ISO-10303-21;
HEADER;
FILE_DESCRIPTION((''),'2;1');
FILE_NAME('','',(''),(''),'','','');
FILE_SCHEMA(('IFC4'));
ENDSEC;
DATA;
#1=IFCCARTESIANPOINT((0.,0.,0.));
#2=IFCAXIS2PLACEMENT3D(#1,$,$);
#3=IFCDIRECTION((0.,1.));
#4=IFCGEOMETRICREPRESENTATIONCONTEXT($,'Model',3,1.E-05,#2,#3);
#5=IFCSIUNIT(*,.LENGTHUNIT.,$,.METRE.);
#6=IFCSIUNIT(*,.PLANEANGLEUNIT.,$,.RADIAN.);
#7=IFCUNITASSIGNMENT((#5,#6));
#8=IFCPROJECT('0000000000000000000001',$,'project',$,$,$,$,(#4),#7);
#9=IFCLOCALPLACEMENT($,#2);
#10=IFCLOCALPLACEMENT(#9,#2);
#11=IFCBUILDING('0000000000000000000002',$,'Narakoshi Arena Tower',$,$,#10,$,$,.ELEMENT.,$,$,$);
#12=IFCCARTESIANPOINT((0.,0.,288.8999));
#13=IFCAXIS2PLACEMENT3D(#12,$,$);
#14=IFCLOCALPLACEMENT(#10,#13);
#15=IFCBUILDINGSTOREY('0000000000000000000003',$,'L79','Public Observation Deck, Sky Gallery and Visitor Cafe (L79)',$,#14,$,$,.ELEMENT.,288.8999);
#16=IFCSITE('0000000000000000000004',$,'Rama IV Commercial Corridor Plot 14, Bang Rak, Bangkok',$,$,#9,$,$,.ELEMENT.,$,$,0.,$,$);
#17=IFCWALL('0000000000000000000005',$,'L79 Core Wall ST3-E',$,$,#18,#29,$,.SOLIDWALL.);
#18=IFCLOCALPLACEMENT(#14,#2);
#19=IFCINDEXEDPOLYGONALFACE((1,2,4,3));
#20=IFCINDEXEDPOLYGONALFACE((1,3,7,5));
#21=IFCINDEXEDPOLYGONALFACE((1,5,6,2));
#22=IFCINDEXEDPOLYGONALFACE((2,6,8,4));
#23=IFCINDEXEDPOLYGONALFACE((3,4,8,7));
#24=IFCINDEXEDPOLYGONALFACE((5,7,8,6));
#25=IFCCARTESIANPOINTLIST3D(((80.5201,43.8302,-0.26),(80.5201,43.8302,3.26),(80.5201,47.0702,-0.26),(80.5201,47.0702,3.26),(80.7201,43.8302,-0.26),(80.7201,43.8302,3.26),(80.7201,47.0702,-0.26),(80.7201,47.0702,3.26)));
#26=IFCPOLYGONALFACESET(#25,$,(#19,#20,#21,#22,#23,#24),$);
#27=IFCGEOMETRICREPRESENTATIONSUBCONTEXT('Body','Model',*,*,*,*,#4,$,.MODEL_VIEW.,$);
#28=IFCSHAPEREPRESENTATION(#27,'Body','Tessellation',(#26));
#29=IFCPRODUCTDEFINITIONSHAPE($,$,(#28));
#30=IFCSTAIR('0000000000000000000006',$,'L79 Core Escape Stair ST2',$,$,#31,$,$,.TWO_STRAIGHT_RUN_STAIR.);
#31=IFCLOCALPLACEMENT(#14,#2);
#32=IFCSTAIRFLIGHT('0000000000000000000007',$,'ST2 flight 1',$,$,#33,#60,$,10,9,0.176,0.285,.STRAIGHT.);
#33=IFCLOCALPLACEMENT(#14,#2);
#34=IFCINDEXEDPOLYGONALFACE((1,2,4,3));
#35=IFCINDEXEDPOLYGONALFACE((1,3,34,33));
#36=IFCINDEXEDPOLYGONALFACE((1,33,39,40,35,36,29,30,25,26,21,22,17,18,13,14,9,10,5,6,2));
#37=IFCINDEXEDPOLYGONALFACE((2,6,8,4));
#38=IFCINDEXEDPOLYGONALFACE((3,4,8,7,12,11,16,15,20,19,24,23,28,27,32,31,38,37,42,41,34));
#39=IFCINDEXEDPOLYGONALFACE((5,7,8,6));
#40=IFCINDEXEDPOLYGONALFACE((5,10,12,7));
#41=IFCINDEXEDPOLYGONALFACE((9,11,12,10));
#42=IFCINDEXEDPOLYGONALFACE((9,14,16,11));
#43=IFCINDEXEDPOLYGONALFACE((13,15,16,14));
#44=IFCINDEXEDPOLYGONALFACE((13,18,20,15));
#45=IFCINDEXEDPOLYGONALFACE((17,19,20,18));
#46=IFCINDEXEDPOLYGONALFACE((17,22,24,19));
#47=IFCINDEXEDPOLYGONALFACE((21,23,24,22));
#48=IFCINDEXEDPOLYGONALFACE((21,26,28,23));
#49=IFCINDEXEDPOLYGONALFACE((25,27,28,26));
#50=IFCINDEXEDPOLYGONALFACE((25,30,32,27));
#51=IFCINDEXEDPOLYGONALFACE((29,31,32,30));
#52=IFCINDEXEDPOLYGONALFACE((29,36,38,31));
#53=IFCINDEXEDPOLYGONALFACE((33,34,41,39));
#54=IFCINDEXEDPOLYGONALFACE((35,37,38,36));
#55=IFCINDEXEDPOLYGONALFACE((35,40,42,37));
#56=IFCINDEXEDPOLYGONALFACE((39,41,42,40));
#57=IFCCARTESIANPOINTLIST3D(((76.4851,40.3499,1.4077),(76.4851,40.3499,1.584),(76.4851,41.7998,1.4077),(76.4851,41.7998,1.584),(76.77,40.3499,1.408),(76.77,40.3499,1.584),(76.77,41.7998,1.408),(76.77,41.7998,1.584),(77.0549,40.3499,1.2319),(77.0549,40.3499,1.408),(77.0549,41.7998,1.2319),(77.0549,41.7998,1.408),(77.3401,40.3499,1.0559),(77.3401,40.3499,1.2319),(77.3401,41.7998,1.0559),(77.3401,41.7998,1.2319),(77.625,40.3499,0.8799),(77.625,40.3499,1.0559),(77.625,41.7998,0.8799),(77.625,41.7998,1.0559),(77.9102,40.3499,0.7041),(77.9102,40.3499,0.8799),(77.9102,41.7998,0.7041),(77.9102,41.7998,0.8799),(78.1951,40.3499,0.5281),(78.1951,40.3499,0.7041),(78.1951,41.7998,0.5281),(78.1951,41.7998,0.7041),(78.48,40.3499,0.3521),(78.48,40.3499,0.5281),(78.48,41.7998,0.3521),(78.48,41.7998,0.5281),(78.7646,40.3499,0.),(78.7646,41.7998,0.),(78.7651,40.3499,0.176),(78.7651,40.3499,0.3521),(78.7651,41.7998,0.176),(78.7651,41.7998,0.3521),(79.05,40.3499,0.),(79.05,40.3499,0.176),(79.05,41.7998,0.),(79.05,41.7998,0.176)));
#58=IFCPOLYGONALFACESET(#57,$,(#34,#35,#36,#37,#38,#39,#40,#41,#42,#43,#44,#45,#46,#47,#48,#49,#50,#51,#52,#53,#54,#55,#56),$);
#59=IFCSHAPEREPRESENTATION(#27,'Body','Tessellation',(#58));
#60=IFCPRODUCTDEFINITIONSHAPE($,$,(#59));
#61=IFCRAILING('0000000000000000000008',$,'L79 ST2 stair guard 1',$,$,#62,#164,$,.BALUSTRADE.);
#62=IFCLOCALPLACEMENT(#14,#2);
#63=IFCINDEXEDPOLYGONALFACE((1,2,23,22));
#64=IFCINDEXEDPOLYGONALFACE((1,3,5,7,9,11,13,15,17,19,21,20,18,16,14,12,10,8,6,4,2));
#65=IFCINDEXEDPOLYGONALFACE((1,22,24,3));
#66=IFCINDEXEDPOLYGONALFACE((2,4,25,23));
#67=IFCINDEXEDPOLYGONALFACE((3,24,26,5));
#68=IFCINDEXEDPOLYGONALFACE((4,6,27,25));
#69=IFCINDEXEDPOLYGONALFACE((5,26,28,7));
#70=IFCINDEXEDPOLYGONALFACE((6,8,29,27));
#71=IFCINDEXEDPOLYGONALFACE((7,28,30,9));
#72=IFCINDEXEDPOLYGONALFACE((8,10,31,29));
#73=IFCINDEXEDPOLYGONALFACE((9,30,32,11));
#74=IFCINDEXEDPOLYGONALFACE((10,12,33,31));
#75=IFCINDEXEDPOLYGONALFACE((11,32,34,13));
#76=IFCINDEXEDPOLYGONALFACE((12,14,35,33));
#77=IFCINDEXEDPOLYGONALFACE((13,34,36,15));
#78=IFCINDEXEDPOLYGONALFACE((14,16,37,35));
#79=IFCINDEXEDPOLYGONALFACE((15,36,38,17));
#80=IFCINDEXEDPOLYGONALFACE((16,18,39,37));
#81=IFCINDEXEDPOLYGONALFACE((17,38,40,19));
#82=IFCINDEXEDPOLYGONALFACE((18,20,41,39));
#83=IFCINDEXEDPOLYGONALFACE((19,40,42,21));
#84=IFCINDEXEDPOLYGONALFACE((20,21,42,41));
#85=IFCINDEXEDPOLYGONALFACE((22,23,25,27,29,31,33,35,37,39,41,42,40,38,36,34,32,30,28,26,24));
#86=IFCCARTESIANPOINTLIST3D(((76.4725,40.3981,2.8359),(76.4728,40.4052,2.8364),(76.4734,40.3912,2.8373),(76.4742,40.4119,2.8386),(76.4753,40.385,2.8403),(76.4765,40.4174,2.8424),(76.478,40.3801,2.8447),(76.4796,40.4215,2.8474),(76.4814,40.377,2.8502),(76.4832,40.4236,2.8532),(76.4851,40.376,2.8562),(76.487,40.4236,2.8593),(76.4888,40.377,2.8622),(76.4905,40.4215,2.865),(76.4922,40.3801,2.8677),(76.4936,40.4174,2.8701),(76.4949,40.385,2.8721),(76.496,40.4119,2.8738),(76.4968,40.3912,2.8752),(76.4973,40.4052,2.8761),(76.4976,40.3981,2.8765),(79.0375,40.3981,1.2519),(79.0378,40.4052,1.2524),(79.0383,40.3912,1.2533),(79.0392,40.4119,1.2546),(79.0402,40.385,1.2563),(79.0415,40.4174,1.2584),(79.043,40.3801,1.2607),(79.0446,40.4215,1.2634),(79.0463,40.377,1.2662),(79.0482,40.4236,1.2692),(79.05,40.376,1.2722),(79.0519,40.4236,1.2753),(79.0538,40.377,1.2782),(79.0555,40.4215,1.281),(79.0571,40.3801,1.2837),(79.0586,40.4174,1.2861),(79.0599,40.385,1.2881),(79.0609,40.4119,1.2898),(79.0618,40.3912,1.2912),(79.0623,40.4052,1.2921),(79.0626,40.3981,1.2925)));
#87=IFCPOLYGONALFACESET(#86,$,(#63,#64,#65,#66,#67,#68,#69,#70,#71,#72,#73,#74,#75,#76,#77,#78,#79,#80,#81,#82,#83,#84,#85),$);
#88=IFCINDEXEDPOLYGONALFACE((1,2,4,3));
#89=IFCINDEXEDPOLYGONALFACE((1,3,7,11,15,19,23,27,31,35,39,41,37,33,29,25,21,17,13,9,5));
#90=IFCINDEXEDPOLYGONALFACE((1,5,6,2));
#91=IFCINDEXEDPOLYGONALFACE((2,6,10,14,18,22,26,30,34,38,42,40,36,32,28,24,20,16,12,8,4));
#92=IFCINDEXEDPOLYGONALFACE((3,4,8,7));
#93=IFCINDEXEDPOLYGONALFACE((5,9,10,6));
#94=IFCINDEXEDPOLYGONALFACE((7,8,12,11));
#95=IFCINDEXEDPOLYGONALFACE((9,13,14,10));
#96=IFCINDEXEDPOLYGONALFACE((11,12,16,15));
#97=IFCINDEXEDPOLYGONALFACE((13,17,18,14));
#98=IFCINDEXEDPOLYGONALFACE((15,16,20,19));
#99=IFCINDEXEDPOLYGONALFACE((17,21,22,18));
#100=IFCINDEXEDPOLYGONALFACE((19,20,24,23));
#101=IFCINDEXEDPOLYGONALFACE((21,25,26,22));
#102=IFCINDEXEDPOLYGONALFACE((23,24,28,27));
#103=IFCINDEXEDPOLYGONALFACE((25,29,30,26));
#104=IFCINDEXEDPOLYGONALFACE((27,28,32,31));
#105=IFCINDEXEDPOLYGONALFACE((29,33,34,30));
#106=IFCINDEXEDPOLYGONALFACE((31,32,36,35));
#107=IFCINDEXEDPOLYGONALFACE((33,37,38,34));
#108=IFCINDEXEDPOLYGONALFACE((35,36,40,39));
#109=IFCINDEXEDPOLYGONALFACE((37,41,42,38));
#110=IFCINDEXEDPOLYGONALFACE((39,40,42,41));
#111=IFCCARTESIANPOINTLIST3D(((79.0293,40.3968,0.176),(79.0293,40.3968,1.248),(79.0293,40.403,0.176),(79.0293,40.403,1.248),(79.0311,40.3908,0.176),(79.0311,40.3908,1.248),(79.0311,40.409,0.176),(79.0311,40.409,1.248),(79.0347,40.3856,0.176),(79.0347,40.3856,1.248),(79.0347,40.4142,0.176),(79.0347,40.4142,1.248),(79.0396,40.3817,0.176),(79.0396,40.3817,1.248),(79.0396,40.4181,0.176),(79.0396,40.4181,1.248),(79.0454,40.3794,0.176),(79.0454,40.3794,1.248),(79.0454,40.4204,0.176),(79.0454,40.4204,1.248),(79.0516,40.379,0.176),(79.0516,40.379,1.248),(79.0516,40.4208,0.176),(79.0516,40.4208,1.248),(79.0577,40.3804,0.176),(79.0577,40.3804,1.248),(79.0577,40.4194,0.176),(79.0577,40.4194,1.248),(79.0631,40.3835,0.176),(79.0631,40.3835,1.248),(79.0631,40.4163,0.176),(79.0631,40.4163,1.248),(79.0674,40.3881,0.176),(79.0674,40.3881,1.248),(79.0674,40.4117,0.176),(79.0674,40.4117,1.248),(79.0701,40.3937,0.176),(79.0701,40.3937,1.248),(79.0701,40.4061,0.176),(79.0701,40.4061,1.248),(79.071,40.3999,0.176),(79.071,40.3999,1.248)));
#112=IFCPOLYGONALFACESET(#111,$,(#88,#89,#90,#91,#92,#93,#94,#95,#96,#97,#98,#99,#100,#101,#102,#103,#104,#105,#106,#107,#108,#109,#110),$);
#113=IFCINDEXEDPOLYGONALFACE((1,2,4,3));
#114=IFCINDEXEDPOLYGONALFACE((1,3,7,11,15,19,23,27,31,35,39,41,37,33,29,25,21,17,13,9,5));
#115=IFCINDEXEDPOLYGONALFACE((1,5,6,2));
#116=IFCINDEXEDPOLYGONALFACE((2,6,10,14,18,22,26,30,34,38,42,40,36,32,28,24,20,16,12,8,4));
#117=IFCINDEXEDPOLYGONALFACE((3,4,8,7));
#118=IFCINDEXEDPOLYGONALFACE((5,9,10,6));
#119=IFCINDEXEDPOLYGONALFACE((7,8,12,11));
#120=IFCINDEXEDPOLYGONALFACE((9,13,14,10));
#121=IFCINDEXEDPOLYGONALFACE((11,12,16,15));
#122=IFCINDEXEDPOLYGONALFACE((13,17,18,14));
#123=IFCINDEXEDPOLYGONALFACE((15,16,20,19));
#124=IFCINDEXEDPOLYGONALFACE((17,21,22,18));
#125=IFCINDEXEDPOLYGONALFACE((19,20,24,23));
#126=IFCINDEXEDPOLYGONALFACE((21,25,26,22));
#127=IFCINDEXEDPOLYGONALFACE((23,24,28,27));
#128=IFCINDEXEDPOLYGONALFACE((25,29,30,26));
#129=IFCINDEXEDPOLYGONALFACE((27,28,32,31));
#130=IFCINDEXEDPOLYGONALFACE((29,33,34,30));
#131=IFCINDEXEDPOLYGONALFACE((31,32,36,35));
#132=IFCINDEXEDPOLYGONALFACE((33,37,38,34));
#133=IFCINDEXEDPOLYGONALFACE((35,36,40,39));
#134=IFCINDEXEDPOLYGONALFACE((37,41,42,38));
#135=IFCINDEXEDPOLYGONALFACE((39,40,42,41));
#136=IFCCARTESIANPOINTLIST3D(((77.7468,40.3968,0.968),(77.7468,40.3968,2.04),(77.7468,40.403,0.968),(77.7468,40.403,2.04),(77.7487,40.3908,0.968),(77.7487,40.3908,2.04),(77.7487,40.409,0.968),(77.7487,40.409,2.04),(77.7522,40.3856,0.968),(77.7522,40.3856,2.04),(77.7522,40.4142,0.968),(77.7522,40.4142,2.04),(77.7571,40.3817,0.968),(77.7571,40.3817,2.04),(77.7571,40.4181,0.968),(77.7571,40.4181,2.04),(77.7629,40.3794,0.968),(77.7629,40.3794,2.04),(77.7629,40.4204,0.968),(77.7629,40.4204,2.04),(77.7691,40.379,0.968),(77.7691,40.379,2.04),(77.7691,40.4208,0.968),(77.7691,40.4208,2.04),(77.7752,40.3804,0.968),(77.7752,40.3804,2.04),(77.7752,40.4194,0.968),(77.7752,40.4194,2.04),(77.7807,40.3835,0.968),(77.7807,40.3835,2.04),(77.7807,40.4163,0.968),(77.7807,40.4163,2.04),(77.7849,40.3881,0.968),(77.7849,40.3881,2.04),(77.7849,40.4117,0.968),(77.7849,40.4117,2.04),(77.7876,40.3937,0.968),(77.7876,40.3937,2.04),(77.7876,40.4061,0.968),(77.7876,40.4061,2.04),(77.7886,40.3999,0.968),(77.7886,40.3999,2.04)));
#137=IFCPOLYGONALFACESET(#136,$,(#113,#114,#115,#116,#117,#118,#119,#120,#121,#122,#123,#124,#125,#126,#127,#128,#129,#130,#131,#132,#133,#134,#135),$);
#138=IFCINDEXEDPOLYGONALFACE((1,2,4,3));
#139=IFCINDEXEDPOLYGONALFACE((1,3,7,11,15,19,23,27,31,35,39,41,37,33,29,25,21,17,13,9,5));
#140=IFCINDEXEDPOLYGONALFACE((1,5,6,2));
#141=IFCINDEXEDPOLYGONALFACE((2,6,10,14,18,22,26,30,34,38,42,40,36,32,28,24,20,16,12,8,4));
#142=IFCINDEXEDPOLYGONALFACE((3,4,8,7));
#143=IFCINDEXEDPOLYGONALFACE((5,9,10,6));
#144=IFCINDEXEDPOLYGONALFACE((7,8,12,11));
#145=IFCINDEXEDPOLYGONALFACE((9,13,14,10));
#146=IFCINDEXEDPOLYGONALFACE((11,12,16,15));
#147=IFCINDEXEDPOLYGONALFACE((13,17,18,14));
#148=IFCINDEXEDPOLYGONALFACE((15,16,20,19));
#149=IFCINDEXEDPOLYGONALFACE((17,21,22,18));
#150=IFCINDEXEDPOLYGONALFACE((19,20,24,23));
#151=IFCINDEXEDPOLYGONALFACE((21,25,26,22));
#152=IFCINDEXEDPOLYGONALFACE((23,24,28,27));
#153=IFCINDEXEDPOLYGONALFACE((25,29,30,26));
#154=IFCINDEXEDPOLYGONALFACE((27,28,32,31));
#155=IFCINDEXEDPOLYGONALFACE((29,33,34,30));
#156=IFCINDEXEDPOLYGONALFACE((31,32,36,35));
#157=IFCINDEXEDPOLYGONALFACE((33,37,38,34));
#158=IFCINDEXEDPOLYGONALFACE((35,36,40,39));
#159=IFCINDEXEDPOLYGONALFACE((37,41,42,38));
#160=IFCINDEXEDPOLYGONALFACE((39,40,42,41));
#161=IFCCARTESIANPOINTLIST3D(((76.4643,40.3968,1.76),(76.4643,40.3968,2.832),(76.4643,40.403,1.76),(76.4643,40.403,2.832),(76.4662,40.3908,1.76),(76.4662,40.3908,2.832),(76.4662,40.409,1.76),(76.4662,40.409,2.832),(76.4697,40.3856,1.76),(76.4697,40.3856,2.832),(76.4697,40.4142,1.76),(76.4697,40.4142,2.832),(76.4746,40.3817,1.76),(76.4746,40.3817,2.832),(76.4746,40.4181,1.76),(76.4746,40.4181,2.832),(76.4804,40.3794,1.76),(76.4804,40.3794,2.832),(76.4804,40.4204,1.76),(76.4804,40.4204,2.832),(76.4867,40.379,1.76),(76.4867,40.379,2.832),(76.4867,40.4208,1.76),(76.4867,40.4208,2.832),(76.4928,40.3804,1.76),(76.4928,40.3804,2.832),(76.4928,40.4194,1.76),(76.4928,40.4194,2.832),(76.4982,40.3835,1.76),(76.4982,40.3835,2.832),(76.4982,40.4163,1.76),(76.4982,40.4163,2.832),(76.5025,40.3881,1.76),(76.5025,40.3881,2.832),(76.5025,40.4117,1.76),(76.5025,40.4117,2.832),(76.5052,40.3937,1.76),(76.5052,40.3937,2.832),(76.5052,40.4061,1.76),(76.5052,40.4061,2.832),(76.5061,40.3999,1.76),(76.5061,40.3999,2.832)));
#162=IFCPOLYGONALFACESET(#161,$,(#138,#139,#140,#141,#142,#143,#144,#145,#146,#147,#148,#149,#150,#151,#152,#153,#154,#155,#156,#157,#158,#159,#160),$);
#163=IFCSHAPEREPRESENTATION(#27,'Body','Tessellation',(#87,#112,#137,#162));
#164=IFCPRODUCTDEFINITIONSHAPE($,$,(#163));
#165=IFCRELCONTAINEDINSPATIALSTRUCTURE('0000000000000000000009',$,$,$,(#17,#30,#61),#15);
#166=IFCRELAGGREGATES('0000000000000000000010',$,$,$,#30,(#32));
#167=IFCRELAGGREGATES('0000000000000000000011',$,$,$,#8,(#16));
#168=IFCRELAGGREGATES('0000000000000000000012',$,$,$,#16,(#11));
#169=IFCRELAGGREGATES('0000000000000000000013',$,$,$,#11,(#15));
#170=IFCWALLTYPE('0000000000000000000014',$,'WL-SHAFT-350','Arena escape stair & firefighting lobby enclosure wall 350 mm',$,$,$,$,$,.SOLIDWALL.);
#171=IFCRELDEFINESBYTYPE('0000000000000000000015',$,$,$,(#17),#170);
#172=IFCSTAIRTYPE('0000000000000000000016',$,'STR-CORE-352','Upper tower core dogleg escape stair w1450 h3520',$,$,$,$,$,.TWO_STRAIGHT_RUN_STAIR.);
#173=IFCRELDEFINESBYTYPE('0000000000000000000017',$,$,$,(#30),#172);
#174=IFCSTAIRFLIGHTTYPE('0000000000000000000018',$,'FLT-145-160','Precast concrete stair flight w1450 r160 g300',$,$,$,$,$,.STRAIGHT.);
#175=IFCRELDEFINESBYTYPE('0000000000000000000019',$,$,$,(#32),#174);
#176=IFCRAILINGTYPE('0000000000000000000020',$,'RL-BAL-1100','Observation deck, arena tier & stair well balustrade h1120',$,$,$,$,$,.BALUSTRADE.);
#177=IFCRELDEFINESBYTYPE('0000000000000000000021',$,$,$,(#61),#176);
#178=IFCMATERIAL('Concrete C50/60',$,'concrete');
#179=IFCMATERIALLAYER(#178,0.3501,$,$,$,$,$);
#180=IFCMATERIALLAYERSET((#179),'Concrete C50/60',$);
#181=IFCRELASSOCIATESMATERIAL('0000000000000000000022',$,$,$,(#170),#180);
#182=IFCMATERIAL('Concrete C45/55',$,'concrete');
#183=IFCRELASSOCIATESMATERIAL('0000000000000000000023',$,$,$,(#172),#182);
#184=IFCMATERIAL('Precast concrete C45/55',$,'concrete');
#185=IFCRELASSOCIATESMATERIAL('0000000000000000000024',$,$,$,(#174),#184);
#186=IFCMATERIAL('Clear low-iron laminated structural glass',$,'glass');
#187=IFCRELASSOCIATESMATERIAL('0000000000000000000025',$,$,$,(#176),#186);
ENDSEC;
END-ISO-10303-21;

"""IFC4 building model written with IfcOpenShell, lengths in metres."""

from ifc_helpers import new_model, si_unit, direction, frame, frame_2d, origin, origin_2d, place, context, subcontext, project, spatial, polyline, rectangle, circle, outline, extrude, material, layer, layer_set, type_object, element, aggregate, save


model = new_model("IFC4")

# Units and contexts
model_context = context("Model", 3, precision=1e-05, world=origin(), true_north=direction((0.0, 1.0)))
body_context = subcontext(model_context, "Body", "Model", "MODEL_VIEW")
ifc_project = project(units=[si_unit("LENGTHUNIT", "METRE"), si_unit("PLANEANGLEUNIT", "RADIAN")], contexts=[model_context])

# Site, building, storey
site_placement = place(None, origin())
site = spatial("IfcSite", under=ifc_project, at=site_placement, Name="Rama IV Commercial Corridor Plot 14, Bang Rak, Bangkok", CompositionType="ELEMENT", RefElevation=0.0)
building_placement = place(site_placement, origin())
building = spatial("IfcBuilding", under=site, at=building_placement, Name="Narakoshi Arena Tower", CompositionType="ELEMENT")
storey_placement = place(building_placement, frame((0.0, 0.0, 288.8999)))
storey = spatial("IfcBuildingStorey", under=building, at=storey_placement, Name="L79", Description="Public Observation Deck, Sky Gallery and Visitor Cafe (L79)", CompositionType="ELEMENT", Elevation=288.8999)

# Shared definitions
ifc_material_1 = material(Name="Concrete C50/60", Category="concrete")
ifc_material_2 = material(Name="Precast concrete C45/55", Category="concrete")

# Shared definitions
ifc_layer_1 = layer(ifc_material_1, 0.3501)
ifc_layer_set_1 = layer_set([ifc_layer_1], Name="Concrete C50/60")
wall_type_1 = type_object("IfcWallType", Name="WL-SHAFT-350", Description="Arena escape stair & firefighting lobby enclosure wall 350 mm", PredefinedType="SOLIDWALL", material=ifc_layer_set_1)

# Wall
wall_1_placement = place(storey_placement, frame((80.6201, 43.8301, -0.26), z_axis=(0.0, 0.0, 1.0), x_axis=(0.0, 1.0, 0.0)))
element("IfcWall", 1, at=wall_1_placement, inside=storey, type_object=wall_type_1, Name="L79 Core Wall ST3-E", PredefinedType="SOLIDWALL", context=body_context, shape_type="SweptSolid", body=[
    extrude(rectangle(XDim=3.24, YDim=0.2, at=frame_2d((1.6201, 0.0))), origin(), (0.0, 0.0, 1.0), 3.52),
])

# Stair, stair flight
ifc_material_3 = material(Name="Concrete C45/55", Category="concrete")
stair_type = type_object("IfcStairType", Name="STR-CORE-352", Description="Upper tower core dogleg escape stair w1450 h3520", PredefinedType="TWO_STRAIGHT_RUN_STAIR", material=ifc_material_3)
stair_placement = place(storey_placement, origin())
stair = element("IfcStair", 2, at=stair_placement, inside=storey, type_object=stair_type, Name="L79 Core Escape Stair ST2", PredefinedType="TWO_STRAIGHT_RUN_STAIR")
stair_flight_type = type_object("IfcStairFlightType", Name="FLT-145-160", Description="Precast concrete stair flight w1450 r160 g300", PredefinedType="STRAIGHT", material=ifc_material_2)
stair_flight_placement = place(storey_placement, frame((79.05, 41.075, 0.0), z_axis=(0.0, 0.0, 1.0), x_axis=(-1.0, 0.0, 0.0)))
stair_flight = element("IfcStairFlight", 3, at=stair_flight_placement, type_object=stair_flight_type, Name="ST2 flight 1", NumberOfRisers=10, NumberOfTreads=9, PredefinedType="STRAIGHT", RiserHeight=0.176, TreadLength=0.285, context=body_context, shape_type="SweptSolid", body=[
    extrude(outline(polyline([(0.0, 0.0), (0.0, 0.176), (0.2849, 0.176), (0.2849, 0.3521), (0.5701, 0.3521), (0.5701, 0.5281), (0.855, 0.5281), (0.855, 0.7041), (1.1399, 0.7041), (1.1399, 0.8799), (1.425, 0.8799), (1.425, 1.0559), (1.71, 1.0559), (1.71, 1.2319), (1.9951, 1.2319), (1.9951, 1.408), (2.28, 1.408), (2.28, 1.584), (2.5649, 1.584), (2.5649, 1.76), (2.5649, 1.4077), (0.2854, 0.0), (0.0, 0.0)])), frame((0.0, 0.7251, 0.0), z_axis=(0.0, -1.0, 0.0), x_axis=(1.0, 0.0, 0.0)), (0.0, 0.0, 1.0), 1.45),
])
aggregate(stair, [stair_flight])

# Railing
ifc_material_4 = material(Name="Clear low-iron laminated structural glass", Category="glass")
railing_type_1 = type_object("IfcRailingType", Name="RL-BAL-1100", Description="Observation deck, arena tier & stair well balustrade h1120", PredefinedType="BALUSTRADE", material=ifc_material_4)
railing_1_placement = place(storey_placement, frame((79.05, 40.3999, 0.176)))
element("IfcRailing", 4, at=railing_1_placement, inside=storey, type_object=railing_type_1, Name="L79 ST2 stair guard 1", PredefinedType="BALUSTRADE", context=body_context, shape_type="SweptSolid", body=[
    extrude(circle(Radius=0.0239, at=origin_2d()), frame((0.0, 0.0, 1.0962), z_axis=(-0.850834, 0.0, 0.525434), x_axis=(0.0, -1.0, 0.0)), (0.0, 0.0, 1.0), 3.0146),
    extrude(circle(Radius=0.021, at=origin_2d()), origin(), (0.0, 0.0, 1.0), 1.072),
    extrude(circle(Radius=0.021, at=origin_2d()), frame((-1.2825, 0.0, 0.792)), (0.0, 0.0, 1.0), 1.072),
    extrude(circle(Radius=0.021, at=origin_2d()), frame((-2.5649, 0.0, 1.584)), (0.0, 0.0, 1.0), 1.072),
])

save(model, "model.ifc")
